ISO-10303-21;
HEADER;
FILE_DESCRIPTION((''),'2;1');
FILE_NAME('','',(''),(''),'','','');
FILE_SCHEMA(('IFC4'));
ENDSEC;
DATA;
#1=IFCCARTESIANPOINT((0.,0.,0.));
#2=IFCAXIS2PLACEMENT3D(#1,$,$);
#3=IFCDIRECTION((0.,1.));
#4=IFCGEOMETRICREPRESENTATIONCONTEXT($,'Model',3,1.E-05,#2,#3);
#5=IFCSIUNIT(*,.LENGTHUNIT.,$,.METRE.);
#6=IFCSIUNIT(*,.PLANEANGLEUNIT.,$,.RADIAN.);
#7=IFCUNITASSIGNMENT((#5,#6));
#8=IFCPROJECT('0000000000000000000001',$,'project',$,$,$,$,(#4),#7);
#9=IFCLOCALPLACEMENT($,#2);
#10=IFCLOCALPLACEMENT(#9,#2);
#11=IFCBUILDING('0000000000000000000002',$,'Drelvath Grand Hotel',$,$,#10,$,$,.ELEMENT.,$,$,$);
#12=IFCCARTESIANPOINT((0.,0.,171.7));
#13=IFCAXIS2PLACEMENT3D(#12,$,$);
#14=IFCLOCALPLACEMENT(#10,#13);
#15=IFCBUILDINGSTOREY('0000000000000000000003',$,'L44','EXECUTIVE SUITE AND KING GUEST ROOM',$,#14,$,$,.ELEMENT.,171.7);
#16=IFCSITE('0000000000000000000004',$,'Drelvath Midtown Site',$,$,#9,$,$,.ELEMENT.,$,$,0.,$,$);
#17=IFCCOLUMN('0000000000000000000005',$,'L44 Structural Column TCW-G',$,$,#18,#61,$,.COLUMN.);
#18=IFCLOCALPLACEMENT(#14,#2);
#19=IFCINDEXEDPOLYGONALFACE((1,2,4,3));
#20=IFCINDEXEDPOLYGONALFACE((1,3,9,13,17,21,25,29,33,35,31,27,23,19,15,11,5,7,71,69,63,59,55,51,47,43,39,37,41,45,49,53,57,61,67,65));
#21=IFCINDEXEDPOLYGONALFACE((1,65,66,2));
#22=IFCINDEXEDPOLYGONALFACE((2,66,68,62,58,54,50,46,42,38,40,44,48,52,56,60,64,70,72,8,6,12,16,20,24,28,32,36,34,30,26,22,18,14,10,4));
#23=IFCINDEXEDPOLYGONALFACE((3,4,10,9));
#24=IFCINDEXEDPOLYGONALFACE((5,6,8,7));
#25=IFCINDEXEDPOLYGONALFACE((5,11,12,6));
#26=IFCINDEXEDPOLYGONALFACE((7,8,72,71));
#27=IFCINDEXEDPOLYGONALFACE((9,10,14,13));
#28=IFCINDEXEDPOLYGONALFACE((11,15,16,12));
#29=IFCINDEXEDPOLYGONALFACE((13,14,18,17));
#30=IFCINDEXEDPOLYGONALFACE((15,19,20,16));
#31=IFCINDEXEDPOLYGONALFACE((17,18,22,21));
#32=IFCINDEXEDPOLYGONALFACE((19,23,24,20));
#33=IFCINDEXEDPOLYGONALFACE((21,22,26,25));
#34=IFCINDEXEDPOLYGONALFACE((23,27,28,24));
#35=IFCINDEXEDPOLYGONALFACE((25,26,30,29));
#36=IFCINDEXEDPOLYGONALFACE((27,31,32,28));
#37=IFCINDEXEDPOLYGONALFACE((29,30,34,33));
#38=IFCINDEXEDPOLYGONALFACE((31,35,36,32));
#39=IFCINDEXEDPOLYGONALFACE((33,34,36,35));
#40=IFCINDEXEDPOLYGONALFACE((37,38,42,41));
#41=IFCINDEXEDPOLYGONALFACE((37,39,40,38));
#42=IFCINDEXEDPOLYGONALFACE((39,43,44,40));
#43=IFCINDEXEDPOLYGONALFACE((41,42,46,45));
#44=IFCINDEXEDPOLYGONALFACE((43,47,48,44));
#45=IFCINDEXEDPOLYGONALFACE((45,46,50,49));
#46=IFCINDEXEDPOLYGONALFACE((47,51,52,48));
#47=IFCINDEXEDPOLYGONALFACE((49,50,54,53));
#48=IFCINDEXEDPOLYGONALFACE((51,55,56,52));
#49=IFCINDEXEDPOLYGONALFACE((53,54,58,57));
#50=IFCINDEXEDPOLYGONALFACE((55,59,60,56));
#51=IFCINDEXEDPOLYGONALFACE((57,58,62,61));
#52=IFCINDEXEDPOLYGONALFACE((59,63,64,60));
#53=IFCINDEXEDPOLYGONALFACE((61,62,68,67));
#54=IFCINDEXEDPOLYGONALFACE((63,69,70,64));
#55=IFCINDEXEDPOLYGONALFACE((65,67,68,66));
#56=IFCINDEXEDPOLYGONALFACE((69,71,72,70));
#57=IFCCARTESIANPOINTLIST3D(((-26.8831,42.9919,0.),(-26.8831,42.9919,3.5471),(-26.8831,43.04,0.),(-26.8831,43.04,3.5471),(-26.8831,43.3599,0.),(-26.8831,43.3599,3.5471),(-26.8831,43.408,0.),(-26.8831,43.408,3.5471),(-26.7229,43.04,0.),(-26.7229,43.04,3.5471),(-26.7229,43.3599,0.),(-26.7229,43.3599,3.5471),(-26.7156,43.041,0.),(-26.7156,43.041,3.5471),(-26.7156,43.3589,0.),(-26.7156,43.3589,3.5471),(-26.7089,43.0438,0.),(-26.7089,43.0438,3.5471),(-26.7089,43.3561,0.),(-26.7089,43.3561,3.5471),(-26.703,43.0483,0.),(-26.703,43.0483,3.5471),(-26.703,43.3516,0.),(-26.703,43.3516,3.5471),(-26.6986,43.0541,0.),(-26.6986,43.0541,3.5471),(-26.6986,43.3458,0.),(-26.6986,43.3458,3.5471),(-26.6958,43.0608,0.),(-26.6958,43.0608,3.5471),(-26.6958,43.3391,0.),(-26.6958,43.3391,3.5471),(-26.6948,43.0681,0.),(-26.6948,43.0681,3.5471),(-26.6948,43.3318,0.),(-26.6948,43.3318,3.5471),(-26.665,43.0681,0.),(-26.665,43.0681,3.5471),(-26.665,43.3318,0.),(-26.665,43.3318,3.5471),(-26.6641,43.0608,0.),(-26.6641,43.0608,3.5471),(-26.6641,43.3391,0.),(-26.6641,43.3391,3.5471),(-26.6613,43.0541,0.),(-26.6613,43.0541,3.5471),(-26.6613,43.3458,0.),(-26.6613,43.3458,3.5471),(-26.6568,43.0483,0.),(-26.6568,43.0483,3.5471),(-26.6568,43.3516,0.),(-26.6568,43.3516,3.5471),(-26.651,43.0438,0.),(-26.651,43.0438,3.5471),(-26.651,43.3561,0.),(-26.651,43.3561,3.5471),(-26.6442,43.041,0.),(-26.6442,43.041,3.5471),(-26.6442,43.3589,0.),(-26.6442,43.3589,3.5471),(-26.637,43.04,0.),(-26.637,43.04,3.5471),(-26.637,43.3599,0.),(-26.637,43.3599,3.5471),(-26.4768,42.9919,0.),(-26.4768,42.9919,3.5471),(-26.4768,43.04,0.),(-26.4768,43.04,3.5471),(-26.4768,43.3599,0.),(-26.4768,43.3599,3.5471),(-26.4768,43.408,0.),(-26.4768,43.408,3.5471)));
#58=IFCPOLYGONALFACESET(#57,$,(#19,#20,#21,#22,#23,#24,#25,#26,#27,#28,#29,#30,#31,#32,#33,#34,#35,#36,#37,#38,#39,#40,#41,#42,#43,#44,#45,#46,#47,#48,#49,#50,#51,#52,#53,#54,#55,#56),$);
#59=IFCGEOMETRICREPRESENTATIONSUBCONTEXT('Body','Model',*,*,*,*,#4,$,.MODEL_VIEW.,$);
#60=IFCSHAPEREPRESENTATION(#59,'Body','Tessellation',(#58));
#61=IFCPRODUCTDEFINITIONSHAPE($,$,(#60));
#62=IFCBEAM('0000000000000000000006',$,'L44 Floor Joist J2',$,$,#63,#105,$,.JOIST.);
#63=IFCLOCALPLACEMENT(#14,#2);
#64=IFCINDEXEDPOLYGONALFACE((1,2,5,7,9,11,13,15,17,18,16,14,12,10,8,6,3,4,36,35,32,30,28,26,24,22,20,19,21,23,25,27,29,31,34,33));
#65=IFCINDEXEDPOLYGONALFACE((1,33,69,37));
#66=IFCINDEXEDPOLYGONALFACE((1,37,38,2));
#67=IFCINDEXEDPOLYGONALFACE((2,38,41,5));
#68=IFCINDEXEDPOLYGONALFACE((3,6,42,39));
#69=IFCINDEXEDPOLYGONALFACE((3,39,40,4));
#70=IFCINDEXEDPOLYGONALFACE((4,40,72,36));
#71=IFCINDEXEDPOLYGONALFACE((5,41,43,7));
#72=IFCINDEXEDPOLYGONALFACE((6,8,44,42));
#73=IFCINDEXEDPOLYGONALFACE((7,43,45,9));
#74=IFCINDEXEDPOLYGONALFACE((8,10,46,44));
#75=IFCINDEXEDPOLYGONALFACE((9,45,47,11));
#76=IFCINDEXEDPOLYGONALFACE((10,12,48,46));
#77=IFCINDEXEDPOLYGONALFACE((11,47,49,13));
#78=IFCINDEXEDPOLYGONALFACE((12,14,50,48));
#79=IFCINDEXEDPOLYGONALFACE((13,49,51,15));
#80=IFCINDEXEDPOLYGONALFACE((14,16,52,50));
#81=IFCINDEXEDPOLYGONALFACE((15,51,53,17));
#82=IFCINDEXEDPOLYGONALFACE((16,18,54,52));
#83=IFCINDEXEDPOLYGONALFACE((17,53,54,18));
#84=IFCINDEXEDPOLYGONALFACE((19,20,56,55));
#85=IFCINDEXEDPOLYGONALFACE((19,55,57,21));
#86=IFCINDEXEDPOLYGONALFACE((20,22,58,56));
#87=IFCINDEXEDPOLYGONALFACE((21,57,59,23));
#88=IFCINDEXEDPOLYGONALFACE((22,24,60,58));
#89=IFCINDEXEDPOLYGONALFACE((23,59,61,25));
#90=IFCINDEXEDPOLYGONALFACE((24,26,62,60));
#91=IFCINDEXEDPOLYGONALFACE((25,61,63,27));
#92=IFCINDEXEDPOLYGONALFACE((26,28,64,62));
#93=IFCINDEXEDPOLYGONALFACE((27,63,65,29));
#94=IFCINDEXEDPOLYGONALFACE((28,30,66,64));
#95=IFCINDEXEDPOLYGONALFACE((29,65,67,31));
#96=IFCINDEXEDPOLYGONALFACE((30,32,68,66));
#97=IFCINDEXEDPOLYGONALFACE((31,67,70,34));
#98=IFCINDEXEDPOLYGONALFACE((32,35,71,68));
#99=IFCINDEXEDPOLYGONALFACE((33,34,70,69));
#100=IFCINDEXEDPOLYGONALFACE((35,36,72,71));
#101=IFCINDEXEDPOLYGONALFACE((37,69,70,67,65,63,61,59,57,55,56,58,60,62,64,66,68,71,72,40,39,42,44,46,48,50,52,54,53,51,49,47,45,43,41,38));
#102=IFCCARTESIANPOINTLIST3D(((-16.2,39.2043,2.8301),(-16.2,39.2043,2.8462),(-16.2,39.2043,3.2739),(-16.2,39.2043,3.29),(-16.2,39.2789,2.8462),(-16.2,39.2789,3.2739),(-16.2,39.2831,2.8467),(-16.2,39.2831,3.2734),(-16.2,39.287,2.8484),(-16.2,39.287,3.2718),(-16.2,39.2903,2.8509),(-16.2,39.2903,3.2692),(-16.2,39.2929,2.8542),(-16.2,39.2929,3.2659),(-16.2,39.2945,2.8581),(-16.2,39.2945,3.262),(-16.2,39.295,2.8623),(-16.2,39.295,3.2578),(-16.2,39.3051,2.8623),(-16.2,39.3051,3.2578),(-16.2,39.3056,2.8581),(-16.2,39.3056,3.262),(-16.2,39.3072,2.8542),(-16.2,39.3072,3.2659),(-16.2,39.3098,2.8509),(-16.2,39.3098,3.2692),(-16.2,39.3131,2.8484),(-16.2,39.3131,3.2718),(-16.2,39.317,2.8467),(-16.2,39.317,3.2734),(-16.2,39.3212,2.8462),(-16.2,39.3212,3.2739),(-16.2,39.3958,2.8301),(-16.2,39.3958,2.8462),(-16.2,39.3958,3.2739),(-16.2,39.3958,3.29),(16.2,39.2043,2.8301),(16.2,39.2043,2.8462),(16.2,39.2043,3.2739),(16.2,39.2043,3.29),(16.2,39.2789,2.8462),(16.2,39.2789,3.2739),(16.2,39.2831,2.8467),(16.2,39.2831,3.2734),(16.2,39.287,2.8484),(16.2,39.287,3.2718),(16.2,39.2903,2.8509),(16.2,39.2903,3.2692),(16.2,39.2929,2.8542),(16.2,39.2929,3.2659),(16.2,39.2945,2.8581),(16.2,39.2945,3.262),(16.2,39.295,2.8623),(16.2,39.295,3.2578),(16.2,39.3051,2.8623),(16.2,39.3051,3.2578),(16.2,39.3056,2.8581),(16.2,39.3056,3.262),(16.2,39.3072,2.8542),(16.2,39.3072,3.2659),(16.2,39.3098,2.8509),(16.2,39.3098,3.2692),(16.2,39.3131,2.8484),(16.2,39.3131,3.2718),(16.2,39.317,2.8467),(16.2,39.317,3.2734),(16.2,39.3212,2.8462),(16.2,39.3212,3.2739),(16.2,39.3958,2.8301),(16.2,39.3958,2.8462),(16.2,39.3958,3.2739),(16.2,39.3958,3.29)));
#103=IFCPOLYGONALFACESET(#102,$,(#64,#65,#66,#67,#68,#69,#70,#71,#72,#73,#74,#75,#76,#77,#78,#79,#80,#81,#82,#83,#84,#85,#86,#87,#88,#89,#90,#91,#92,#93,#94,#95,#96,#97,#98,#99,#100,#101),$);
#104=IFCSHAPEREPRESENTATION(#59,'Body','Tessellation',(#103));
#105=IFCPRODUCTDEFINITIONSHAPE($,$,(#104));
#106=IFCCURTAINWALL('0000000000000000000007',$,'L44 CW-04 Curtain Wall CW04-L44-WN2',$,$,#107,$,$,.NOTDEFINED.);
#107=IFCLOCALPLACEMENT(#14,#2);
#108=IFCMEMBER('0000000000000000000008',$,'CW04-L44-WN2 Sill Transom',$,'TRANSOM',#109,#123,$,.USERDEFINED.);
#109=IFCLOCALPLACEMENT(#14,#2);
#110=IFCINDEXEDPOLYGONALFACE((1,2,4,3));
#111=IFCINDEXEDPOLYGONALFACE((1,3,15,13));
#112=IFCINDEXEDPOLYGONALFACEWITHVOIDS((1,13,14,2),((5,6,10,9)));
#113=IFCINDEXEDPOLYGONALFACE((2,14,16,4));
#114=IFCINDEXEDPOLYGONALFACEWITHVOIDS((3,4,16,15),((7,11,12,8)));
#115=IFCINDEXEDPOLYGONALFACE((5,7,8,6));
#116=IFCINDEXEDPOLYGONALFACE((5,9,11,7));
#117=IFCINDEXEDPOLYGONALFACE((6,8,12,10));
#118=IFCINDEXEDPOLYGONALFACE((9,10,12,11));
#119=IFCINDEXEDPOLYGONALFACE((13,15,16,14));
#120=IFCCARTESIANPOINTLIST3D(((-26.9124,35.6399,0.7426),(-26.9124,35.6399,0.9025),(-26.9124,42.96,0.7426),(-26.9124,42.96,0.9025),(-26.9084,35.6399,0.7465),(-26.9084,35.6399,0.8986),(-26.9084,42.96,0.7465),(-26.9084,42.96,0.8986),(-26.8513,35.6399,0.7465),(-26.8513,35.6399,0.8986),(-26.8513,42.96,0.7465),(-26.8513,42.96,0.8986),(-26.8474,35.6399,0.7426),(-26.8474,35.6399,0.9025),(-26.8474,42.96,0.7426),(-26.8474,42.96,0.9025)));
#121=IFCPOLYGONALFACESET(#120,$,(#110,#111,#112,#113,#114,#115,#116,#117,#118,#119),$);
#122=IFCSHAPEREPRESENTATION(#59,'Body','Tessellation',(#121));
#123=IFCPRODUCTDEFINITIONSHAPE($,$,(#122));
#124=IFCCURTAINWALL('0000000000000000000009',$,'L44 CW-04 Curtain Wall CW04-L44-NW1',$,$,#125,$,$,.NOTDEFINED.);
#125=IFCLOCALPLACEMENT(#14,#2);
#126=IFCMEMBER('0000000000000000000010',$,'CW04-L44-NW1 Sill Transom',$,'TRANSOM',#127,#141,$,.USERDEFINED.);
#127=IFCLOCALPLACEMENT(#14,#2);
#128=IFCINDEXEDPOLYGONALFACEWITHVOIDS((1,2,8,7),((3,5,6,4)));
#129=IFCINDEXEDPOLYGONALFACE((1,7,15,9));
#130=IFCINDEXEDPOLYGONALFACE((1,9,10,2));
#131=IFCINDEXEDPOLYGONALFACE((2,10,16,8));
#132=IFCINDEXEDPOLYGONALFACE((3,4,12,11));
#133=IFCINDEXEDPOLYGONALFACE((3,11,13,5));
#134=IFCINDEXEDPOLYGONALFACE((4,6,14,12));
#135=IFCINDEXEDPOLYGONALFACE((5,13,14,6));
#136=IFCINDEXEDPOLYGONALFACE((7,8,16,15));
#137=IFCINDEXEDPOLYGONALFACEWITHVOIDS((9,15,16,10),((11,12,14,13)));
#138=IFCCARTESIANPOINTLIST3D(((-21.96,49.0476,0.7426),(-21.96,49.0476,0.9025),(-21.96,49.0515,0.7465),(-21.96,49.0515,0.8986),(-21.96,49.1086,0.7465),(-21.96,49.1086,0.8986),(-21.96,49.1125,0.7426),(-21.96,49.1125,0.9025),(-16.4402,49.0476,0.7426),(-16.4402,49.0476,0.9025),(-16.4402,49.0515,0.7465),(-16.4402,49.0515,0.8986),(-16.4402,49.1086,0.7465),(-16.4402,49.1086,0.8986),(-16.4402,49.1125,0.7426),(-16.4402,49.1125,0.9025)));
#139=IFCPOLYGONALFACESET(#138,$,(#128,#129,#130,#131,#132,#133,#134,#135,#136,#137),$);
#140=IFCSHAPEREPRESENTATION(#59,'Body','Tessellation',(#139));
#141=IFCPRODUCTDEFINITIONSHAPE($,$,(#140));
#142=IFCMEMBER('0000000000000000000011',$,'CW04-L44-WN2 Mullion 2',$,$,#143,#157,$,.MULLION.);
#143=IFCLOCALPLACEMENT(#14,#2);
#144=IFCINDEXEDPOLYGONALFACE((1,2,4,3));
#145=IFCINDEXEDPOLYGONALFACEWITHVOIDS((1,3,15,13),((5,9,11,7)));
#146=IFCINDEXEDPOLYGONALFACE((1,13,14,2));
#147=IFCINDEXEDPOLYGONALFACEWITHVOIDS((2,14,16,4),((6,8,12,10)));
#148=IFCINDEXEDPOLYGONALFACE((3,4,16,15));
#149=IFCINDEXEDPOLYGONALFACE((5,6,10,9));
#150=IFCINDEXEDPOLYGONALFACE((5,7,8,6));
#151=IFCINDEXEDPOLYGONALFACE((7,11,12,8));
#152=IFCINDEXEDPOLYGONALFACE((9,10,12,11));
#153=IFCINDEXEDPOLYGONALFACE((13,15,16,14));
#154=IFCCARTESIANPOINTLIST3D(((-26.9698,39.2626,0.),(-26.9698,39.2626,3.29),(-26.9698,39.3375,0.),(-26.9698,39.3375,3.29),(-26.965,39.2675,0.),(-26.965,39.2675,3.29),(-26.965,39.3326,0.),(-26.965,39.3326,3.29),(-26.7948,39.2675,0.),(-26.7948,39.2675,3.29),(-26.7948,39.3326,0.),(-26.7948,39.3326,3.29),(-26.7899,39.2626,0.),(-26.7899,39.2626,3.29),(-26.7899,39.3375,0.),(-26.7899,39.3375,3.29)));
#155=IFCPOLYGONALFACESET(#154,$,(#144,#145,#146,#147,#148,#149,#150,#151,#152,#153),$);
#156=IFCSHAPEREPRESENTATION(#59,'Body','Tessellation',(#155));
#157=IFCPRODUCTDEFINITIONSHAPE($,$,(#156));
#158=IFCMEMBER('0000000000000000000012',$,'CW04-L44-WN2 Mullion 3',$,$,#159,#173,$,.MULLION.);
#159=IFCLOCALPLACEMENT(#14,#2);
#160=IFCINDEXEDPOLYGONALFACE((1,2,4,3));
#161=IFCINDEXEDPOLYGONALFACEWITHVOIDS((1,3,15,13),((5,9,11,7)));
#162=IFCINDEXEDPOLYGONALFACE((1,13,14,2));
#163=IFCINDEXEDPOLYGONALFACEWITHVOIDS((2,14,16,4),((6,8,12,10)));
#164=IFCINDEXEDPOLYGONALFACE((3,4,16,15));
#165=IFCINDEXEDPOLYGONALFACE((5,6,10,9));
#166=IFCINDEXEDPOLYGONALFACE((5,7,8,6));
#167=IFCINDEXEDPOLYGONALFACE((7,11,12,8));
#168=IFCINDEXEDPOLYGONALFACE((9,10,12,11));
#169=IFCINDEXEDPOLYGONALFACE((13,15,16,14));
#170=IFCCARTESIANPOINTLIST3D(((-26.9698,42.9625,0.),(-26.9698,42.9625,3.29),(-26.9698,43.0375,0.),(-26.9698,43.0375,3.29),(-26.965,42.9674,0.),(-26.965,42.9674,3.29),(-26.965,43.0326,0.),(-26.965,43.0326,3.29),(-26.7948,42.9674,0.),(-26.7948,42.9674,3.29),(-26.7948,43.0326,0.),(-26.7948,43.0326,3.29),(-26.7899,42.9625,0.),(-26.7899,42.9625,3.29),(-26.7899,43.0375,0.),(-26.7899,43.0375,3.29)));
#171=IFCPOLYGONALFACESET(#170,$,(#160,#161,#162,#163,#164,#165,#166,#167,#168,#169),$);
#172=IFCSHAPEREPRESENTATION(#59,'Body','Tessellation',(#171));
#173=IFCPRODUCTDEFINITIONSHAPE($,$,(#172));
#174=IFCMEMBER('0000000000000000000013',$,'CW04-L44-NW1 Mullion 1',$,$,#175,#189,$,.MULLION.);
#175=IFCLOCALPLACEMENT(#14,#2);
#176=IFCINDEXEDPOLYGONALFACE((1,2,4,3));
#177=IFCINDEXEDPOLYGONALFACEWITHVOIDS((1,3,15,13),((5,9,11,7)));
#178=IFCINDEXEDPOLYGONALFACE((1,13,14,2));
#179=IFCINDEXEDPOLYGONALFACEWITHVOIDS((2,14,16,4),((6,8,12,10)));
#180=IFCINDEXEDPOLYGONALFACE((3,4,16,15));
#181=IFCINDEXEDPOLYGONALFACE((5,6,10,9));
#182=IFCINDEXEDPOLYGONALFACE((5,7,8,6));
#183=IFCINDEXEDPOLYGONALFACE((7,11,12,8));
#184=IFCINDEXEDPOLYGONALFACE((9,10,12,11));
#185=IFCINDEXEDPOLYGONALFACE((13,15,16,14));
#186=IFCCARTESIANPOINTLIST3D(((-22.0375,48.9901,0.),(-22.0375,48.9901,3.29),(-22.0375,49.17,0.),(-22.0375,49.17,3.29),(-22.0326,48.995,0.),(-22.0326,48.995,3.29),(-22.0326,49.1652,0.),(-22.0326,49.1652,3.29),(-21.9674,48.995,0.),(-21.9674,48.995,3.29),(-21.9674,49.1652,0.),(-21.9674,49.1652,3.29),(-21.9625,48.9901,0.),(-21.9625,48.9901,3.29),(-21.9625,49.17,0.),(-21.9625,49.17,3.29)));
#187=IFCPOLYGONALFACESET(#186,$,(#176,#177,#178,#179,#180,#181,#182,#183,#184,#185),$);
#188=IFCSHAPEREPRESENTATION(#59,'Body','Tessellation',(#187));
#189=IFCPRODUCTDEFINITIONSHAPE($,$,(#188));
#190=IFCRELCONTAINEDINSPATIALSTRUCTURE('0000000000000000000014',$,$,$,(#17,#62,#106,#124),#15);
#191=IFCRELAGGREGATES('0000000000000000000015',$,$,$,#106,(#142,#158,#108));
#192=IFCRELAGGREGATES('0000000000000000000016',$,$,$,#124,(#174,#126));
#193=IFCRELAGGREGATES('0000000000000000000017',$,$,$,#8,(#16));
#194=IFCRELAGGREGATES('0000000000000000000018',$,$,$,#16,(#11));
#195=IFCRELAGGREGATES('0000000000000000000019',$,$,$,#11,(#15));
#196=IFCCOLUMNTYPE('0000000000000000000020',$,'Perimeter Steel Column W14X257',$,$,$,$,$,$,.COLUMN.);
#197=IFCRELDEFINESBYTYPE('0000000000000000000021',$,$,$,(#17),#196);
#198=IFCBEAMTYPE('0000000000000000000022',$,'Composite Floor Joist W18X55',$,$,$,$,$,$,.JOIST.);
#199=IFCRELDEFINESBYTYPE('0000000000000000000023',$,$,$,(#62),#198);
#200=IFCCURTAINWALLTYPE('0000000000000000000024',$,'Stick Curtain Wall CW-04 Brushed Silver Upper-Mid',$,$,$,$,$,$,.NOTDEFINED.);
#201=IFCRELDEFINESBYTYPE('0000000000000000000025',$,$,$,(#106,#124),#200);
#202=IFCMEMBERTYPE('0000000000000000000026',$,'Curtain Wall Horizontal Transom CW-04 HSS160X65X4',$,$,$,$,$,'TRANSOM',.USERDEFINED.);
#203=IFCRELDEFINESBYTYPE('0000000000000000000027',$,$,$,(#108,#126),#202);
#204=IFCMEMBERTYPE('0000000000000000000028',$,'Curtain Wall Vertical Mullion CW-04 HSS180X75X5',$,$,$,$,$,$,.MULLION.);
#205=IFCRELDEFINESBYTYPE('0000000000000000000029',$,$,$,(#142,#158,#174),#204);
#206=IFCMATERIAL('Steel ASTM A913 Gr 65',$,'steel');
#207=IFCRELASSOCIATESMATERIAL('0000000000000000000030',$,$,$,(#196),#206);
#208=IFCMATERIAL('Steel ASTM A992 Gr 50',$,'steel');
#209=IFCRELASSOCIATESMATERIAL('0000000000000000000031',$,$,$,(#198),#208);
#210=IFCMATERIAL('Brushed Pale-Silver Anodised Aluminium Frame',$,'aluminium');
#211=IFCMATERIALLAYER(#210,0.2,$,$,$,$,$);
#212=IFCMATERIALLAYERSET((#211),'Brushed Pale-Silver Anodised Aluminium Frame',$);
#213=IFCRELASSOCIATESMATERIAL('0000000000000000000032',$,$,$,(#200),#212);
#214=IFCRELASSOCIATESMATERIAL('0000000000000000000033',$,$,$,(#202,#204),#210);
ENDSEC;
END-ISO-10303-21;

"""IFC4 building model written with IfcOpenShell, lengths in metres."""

from ifc_helpers import new_model, si_unit, direction, frame, origin, origin_2d, place, context, subcontext, project, spatial, hollow_rectangle, i_section, extrude, material, layer, layer_set, material_profile, profile_set, type_object, element, aggregate, save


model = new_model("IFC4")

# Units and contexts
model_context = context("Model", 3, precision=1e-05, world=origin(), true_north=direction((0.0, 1.0)))
body_context = subcontext(model_context, "Body", "Model", "MODEL_VIEW")
ifc_project = project(units=[si_unit("LENGTHUNIT", "METRE"), si_unit("PLANEANGLEUNIT", "RADIAN")], contexts=[model_context])

# Site, building, storey
site_placement = place(None, origin())
site = spatial("IfcSite", under=ifc_project, at=site_placement, Name="Drelvath Midtown Site", CompositionType="ELEMENT", RefElevation=0.0)
building_placement = place(site_placement, origin())
building = spatial("IfcBuilding", under=site, at=building_placement, Name="Drelvath Grand Hotel", CompositionType="ELEMENT")
storey_placement = place(building_placement, frame((0.0, 0.0, 171.7)))
storey = spatial("IfcBuildingStorey", under=building, at=storey_placement, Name="L44", Description="EXECUTIVE SUITE AND KING GUEST ROOM", CompositionType="ELEMENT", Elevation=171.7)

# Column
ifc_material_1 = material(Name="Steel ASTM A913 Gr 65", Category="steel")
ifc_material_profile_1 = material_profile(ifc_material_1, i_section(OverallWidth=0.4062, OverallDepth=0.416, WebThickness=0.0298, FlangeThickness=0.0481, FilletRadius=0.0281, at=origin_2d()), Name="W14X257")
ifc_profile_set_1 = profile_set([ifc_material_profile_1], Name="Steel ASTM A913 Gr 65")
column_type = type_object("IfcColumnType", Name="Perimeter Steel Column W14X257", PredefinedType="COLUMN", material=ifc_profile_set_1)
column_placement = place(storey_placement, frame((-26.6799, 43.2, 0.0), z_axis=(0.0, 0.0, 1.0), x_axis=(1.0, 0.0, 0.0)))
element("IfcColumn", 1, at=column_placement, inside=storey, type_object=column_type, Name="L44 Structural Column TCW-G", PredefinedType="COLUMN", context=body_context, shape_type="SweptSolid", body=[
    extrude(i_section(OverallWidth=0.4062, OverallDepth=0.416, WebThickness=0.0298, FlangeThickness=0.0481, FilletRadius=0.0281, at=origin_2d()), origin(), (0.0, 0.0, 1.0), 3.5471),
])

# Beam
ifc_material_2 = material(Name="Steel ASTM A992 Gr 50", Category="steel")
ifc_material_profile_2 = material_profile(ifc_material_2, i_section(OverallWidth=0.1914, OverallDepth=0.46, WebThickness=0.01, FlangeThickness=0.0161, FilletRadius=0.0161, at=origin_2d()), Name="W18X55")
ifc_profile_set_2 = profile_set([ifc_material_profile_2], Name="Steel ASTM A992 Gr 50")
beam_type_1 = type_object("IfcBeamType", Name="Composite Floor Joist W18X55", PredefinedType="JOIST", material=ifc_profile_set_2)
beam_1_placement = place(storey_placement, frame((-16.2, 39.3, 3.0601), z_axis=(1.0, 0.0, 0.0), x_axis=(0.0, 1.0, 0.0)))
element("IfcBeam", 2, at=beam_1_placement, inside=storey, type_object=beam_type_1, Name="L44 Floor Joist J2", PredefinedType="JOIST", context=body_context, shape_type="SweptSolid", body=[
    extrude(i_section(OverallWidth=0.1914, OverallDepth=0.46, WebThickness=0.01, FlangeThickness=0.0161, FilletRadius=0.0161, at=origin_2d()), origin(), (0.0, 0.0, 1.0), 32.3999),
])

# Curtain walls, members
ifc_material_3 = material(Name="Brushed Pale-Silver Anodised Aluminium Frame", Category="aluminium")
ifc_layer_1 = layer(ifc_material_3, 0.2)
ifc_layer_set_1 = layer_set([ifc_layer_1], Name="Brushed Pale-Silver Anodised Aluminium Frame")
curtain_wall_type = type_object("IfcCurtainWallType", Name="Stick Curtain Wall CW-04 Brushed Silver Upper-Mid", PredefinedType="NOTDEFINED", material=ifc_layer_set_1)
curtain_wall_1_placement = place(storey_placement, origin())
curtain_wall_1 = element("IfcCurtainWall", 3, at=curtain_wall_1_placement, inside=storey, type_object=curtain_wall_type, Name="L44 CW-04 Curtain Wall CW04-L44-WN2", PredefinedType="NOTDEFINED")
ifc_material_profile_3 = material_profile(ifc_material_3, hollow_rectangle(XDim=0.0649, YDim=0.1599, WallThickness=0.0039, at=origin_2d()), Name="HSS160X65X4")
ifc_profile_set_3 = profile_set([ifc_material_profile_3], Name="Brushed Pale-Silver Anodised Aluminium Frame")
member_type_1 = type_object("IfcMemberType", Name="Curtain Wall Horizontal Transom CW-04 HSS160X65X4", ElementType="TRANSOM", PredefinedType="USERDEFINED", material=ifc_profile_set_3)
member_1_placement = place(storey_placement, frame((-26.8799, 35.6399, 0.8225), z_axis=(0.0, 1.0, 0.0), x_axis=(-1.0, 0.0, 0.0)))
member_1 = element("IfcMember", 4, at=member_1_placement, type_object=member_type_1, Name="CW04-L44-WN2 Sill Transom", ObjectType="TRANSOM", PredefinedType="USERDEFINED", context=body_context, shape_type="SweptSolid", body=[
    extrude(hollow_rectangle(XDim=0.0649, YDim=0.1599, WallThickness=0.0039, at=origin_2d()), origin(), (0.0, 0.0, 1.0), 7.3201),
])
curtain_wall_2_placement = place(storey_placement, origin())
curtain_wall_2 = element("IfcCurtainWall", 5, at=curtain_wall_2_placement, inside=storey, type_object=curtain_wall_type, Name="L44 CW-04 Curtain Wall CW04-L44-NW1", PredefinedType="NOTDEFINED")
member_2_placement = place(storey_placement, frame((-21.96, 49.0801, 0.8225), z_axis=(1.0, 0.0, 0.0), x_axis=(0.0, 1.0, 0.0)))
member_2 = element("IfcMember", 6, at=member_2_placement, type_object=member_type_1, Name="CW04-L44-NW1 Sill Transom", ObjectType="TRANSOM", PredefinedType="USERDEFINED", context=body_context, shape_type="SweptSolid", body=[
    extrude(hollow_rectangle(XDim=0.0649, YDim=0.1599, WallThickness=0.0039, at=origin_2d()), origin(), (0.0, 0.0, 1.0), 5.5198),
])

# Members
ifc_material_profile_4 = material_profile(ifc_material_3, hollow_rectangle(XDim=0.075, YDim=0.1799, WallThickness=0.0049, at=origin_2d()), Name="HSS180X75X5")
ifc_profile_set_4 = profile_set([ifc_material_profile_4], Name="Brushed Pale-Silver Anodised Aluminium Frame")
member_type_2 = type_object("IfcMemberType", Name="Curtain Wall Vertical Mullion CW-04 HSS180X75X5", PredefinedType="MULLION", material=ifc_profile_set_4)
member_3_placement = place(storey_placement, frame((-26.8799, 39.3, 0.0), z_axis=(0.0, 0.0, 1.0), x_axis=(0.0, 1.0, 0.0)))
member_3 = element("IfcMember", 7, at=member_3_placement, type_object=member_type_2, Name="CW04-L44-WN2 Mullion 2", PredefinedType="MULLION", context=body_context, shape_type="SweptSolid", body=[
    extrude(hollow_rectangle(XDim=0.075, YDim=0.1799, WallThickness=0.0049, at=origin_2d()), origin(), (0.0, 0.0, 1.0), 3.29),
])
member_4_placement = place(storey_placement, frame((-26.8799, 43.0, 0.0), z_axis=(0.0, 0.0, 1.0), x_axis=(0.0, 1.0, 0.0)))
member_4 = element("IfcMember", 8, at=member_4_placement, type_object=member_type_2, Name="CW04-L44-WN2 Mullion 3", PredefinedType="MULLION", context=body_context, shape_type="SweptSolid", body=[
    extrude(hollow_rectangle(XDim=0.075, YDim=0.1799, WallThickness=0.0049, at=origin_2d()), origin(), (0.0, 0.0, 1.0), 3.29),
])
member_5_placement = place(storey_placement, frame((-22.0, 49.0801, 0.0), z_axis=(0.0, 0.0, 1.0), x_axis=(1.0, 0.0, 0.0)))
member_5 = element("IfcMember", 9, at=member_5_placement, type_object=member_type_2, Name="CW04-L44-NW1 Mullion 1", PredefinedType="MULLION", context=body_context, shape_type="SweptSolid", body=[
    extrude(hollow_rectangle(XDim=0.075, YDim=0.1799, WallThickness=0.0049, at=origin_2d()), origin(), (0.0, 0.0, 1.0), 3.29),
])

aggregate(curtain_wall_1, [member_3, member_4, member_1])
aggregate(curtain_wall_2, [member_5, member_2])

save(model, "model.ifc")
